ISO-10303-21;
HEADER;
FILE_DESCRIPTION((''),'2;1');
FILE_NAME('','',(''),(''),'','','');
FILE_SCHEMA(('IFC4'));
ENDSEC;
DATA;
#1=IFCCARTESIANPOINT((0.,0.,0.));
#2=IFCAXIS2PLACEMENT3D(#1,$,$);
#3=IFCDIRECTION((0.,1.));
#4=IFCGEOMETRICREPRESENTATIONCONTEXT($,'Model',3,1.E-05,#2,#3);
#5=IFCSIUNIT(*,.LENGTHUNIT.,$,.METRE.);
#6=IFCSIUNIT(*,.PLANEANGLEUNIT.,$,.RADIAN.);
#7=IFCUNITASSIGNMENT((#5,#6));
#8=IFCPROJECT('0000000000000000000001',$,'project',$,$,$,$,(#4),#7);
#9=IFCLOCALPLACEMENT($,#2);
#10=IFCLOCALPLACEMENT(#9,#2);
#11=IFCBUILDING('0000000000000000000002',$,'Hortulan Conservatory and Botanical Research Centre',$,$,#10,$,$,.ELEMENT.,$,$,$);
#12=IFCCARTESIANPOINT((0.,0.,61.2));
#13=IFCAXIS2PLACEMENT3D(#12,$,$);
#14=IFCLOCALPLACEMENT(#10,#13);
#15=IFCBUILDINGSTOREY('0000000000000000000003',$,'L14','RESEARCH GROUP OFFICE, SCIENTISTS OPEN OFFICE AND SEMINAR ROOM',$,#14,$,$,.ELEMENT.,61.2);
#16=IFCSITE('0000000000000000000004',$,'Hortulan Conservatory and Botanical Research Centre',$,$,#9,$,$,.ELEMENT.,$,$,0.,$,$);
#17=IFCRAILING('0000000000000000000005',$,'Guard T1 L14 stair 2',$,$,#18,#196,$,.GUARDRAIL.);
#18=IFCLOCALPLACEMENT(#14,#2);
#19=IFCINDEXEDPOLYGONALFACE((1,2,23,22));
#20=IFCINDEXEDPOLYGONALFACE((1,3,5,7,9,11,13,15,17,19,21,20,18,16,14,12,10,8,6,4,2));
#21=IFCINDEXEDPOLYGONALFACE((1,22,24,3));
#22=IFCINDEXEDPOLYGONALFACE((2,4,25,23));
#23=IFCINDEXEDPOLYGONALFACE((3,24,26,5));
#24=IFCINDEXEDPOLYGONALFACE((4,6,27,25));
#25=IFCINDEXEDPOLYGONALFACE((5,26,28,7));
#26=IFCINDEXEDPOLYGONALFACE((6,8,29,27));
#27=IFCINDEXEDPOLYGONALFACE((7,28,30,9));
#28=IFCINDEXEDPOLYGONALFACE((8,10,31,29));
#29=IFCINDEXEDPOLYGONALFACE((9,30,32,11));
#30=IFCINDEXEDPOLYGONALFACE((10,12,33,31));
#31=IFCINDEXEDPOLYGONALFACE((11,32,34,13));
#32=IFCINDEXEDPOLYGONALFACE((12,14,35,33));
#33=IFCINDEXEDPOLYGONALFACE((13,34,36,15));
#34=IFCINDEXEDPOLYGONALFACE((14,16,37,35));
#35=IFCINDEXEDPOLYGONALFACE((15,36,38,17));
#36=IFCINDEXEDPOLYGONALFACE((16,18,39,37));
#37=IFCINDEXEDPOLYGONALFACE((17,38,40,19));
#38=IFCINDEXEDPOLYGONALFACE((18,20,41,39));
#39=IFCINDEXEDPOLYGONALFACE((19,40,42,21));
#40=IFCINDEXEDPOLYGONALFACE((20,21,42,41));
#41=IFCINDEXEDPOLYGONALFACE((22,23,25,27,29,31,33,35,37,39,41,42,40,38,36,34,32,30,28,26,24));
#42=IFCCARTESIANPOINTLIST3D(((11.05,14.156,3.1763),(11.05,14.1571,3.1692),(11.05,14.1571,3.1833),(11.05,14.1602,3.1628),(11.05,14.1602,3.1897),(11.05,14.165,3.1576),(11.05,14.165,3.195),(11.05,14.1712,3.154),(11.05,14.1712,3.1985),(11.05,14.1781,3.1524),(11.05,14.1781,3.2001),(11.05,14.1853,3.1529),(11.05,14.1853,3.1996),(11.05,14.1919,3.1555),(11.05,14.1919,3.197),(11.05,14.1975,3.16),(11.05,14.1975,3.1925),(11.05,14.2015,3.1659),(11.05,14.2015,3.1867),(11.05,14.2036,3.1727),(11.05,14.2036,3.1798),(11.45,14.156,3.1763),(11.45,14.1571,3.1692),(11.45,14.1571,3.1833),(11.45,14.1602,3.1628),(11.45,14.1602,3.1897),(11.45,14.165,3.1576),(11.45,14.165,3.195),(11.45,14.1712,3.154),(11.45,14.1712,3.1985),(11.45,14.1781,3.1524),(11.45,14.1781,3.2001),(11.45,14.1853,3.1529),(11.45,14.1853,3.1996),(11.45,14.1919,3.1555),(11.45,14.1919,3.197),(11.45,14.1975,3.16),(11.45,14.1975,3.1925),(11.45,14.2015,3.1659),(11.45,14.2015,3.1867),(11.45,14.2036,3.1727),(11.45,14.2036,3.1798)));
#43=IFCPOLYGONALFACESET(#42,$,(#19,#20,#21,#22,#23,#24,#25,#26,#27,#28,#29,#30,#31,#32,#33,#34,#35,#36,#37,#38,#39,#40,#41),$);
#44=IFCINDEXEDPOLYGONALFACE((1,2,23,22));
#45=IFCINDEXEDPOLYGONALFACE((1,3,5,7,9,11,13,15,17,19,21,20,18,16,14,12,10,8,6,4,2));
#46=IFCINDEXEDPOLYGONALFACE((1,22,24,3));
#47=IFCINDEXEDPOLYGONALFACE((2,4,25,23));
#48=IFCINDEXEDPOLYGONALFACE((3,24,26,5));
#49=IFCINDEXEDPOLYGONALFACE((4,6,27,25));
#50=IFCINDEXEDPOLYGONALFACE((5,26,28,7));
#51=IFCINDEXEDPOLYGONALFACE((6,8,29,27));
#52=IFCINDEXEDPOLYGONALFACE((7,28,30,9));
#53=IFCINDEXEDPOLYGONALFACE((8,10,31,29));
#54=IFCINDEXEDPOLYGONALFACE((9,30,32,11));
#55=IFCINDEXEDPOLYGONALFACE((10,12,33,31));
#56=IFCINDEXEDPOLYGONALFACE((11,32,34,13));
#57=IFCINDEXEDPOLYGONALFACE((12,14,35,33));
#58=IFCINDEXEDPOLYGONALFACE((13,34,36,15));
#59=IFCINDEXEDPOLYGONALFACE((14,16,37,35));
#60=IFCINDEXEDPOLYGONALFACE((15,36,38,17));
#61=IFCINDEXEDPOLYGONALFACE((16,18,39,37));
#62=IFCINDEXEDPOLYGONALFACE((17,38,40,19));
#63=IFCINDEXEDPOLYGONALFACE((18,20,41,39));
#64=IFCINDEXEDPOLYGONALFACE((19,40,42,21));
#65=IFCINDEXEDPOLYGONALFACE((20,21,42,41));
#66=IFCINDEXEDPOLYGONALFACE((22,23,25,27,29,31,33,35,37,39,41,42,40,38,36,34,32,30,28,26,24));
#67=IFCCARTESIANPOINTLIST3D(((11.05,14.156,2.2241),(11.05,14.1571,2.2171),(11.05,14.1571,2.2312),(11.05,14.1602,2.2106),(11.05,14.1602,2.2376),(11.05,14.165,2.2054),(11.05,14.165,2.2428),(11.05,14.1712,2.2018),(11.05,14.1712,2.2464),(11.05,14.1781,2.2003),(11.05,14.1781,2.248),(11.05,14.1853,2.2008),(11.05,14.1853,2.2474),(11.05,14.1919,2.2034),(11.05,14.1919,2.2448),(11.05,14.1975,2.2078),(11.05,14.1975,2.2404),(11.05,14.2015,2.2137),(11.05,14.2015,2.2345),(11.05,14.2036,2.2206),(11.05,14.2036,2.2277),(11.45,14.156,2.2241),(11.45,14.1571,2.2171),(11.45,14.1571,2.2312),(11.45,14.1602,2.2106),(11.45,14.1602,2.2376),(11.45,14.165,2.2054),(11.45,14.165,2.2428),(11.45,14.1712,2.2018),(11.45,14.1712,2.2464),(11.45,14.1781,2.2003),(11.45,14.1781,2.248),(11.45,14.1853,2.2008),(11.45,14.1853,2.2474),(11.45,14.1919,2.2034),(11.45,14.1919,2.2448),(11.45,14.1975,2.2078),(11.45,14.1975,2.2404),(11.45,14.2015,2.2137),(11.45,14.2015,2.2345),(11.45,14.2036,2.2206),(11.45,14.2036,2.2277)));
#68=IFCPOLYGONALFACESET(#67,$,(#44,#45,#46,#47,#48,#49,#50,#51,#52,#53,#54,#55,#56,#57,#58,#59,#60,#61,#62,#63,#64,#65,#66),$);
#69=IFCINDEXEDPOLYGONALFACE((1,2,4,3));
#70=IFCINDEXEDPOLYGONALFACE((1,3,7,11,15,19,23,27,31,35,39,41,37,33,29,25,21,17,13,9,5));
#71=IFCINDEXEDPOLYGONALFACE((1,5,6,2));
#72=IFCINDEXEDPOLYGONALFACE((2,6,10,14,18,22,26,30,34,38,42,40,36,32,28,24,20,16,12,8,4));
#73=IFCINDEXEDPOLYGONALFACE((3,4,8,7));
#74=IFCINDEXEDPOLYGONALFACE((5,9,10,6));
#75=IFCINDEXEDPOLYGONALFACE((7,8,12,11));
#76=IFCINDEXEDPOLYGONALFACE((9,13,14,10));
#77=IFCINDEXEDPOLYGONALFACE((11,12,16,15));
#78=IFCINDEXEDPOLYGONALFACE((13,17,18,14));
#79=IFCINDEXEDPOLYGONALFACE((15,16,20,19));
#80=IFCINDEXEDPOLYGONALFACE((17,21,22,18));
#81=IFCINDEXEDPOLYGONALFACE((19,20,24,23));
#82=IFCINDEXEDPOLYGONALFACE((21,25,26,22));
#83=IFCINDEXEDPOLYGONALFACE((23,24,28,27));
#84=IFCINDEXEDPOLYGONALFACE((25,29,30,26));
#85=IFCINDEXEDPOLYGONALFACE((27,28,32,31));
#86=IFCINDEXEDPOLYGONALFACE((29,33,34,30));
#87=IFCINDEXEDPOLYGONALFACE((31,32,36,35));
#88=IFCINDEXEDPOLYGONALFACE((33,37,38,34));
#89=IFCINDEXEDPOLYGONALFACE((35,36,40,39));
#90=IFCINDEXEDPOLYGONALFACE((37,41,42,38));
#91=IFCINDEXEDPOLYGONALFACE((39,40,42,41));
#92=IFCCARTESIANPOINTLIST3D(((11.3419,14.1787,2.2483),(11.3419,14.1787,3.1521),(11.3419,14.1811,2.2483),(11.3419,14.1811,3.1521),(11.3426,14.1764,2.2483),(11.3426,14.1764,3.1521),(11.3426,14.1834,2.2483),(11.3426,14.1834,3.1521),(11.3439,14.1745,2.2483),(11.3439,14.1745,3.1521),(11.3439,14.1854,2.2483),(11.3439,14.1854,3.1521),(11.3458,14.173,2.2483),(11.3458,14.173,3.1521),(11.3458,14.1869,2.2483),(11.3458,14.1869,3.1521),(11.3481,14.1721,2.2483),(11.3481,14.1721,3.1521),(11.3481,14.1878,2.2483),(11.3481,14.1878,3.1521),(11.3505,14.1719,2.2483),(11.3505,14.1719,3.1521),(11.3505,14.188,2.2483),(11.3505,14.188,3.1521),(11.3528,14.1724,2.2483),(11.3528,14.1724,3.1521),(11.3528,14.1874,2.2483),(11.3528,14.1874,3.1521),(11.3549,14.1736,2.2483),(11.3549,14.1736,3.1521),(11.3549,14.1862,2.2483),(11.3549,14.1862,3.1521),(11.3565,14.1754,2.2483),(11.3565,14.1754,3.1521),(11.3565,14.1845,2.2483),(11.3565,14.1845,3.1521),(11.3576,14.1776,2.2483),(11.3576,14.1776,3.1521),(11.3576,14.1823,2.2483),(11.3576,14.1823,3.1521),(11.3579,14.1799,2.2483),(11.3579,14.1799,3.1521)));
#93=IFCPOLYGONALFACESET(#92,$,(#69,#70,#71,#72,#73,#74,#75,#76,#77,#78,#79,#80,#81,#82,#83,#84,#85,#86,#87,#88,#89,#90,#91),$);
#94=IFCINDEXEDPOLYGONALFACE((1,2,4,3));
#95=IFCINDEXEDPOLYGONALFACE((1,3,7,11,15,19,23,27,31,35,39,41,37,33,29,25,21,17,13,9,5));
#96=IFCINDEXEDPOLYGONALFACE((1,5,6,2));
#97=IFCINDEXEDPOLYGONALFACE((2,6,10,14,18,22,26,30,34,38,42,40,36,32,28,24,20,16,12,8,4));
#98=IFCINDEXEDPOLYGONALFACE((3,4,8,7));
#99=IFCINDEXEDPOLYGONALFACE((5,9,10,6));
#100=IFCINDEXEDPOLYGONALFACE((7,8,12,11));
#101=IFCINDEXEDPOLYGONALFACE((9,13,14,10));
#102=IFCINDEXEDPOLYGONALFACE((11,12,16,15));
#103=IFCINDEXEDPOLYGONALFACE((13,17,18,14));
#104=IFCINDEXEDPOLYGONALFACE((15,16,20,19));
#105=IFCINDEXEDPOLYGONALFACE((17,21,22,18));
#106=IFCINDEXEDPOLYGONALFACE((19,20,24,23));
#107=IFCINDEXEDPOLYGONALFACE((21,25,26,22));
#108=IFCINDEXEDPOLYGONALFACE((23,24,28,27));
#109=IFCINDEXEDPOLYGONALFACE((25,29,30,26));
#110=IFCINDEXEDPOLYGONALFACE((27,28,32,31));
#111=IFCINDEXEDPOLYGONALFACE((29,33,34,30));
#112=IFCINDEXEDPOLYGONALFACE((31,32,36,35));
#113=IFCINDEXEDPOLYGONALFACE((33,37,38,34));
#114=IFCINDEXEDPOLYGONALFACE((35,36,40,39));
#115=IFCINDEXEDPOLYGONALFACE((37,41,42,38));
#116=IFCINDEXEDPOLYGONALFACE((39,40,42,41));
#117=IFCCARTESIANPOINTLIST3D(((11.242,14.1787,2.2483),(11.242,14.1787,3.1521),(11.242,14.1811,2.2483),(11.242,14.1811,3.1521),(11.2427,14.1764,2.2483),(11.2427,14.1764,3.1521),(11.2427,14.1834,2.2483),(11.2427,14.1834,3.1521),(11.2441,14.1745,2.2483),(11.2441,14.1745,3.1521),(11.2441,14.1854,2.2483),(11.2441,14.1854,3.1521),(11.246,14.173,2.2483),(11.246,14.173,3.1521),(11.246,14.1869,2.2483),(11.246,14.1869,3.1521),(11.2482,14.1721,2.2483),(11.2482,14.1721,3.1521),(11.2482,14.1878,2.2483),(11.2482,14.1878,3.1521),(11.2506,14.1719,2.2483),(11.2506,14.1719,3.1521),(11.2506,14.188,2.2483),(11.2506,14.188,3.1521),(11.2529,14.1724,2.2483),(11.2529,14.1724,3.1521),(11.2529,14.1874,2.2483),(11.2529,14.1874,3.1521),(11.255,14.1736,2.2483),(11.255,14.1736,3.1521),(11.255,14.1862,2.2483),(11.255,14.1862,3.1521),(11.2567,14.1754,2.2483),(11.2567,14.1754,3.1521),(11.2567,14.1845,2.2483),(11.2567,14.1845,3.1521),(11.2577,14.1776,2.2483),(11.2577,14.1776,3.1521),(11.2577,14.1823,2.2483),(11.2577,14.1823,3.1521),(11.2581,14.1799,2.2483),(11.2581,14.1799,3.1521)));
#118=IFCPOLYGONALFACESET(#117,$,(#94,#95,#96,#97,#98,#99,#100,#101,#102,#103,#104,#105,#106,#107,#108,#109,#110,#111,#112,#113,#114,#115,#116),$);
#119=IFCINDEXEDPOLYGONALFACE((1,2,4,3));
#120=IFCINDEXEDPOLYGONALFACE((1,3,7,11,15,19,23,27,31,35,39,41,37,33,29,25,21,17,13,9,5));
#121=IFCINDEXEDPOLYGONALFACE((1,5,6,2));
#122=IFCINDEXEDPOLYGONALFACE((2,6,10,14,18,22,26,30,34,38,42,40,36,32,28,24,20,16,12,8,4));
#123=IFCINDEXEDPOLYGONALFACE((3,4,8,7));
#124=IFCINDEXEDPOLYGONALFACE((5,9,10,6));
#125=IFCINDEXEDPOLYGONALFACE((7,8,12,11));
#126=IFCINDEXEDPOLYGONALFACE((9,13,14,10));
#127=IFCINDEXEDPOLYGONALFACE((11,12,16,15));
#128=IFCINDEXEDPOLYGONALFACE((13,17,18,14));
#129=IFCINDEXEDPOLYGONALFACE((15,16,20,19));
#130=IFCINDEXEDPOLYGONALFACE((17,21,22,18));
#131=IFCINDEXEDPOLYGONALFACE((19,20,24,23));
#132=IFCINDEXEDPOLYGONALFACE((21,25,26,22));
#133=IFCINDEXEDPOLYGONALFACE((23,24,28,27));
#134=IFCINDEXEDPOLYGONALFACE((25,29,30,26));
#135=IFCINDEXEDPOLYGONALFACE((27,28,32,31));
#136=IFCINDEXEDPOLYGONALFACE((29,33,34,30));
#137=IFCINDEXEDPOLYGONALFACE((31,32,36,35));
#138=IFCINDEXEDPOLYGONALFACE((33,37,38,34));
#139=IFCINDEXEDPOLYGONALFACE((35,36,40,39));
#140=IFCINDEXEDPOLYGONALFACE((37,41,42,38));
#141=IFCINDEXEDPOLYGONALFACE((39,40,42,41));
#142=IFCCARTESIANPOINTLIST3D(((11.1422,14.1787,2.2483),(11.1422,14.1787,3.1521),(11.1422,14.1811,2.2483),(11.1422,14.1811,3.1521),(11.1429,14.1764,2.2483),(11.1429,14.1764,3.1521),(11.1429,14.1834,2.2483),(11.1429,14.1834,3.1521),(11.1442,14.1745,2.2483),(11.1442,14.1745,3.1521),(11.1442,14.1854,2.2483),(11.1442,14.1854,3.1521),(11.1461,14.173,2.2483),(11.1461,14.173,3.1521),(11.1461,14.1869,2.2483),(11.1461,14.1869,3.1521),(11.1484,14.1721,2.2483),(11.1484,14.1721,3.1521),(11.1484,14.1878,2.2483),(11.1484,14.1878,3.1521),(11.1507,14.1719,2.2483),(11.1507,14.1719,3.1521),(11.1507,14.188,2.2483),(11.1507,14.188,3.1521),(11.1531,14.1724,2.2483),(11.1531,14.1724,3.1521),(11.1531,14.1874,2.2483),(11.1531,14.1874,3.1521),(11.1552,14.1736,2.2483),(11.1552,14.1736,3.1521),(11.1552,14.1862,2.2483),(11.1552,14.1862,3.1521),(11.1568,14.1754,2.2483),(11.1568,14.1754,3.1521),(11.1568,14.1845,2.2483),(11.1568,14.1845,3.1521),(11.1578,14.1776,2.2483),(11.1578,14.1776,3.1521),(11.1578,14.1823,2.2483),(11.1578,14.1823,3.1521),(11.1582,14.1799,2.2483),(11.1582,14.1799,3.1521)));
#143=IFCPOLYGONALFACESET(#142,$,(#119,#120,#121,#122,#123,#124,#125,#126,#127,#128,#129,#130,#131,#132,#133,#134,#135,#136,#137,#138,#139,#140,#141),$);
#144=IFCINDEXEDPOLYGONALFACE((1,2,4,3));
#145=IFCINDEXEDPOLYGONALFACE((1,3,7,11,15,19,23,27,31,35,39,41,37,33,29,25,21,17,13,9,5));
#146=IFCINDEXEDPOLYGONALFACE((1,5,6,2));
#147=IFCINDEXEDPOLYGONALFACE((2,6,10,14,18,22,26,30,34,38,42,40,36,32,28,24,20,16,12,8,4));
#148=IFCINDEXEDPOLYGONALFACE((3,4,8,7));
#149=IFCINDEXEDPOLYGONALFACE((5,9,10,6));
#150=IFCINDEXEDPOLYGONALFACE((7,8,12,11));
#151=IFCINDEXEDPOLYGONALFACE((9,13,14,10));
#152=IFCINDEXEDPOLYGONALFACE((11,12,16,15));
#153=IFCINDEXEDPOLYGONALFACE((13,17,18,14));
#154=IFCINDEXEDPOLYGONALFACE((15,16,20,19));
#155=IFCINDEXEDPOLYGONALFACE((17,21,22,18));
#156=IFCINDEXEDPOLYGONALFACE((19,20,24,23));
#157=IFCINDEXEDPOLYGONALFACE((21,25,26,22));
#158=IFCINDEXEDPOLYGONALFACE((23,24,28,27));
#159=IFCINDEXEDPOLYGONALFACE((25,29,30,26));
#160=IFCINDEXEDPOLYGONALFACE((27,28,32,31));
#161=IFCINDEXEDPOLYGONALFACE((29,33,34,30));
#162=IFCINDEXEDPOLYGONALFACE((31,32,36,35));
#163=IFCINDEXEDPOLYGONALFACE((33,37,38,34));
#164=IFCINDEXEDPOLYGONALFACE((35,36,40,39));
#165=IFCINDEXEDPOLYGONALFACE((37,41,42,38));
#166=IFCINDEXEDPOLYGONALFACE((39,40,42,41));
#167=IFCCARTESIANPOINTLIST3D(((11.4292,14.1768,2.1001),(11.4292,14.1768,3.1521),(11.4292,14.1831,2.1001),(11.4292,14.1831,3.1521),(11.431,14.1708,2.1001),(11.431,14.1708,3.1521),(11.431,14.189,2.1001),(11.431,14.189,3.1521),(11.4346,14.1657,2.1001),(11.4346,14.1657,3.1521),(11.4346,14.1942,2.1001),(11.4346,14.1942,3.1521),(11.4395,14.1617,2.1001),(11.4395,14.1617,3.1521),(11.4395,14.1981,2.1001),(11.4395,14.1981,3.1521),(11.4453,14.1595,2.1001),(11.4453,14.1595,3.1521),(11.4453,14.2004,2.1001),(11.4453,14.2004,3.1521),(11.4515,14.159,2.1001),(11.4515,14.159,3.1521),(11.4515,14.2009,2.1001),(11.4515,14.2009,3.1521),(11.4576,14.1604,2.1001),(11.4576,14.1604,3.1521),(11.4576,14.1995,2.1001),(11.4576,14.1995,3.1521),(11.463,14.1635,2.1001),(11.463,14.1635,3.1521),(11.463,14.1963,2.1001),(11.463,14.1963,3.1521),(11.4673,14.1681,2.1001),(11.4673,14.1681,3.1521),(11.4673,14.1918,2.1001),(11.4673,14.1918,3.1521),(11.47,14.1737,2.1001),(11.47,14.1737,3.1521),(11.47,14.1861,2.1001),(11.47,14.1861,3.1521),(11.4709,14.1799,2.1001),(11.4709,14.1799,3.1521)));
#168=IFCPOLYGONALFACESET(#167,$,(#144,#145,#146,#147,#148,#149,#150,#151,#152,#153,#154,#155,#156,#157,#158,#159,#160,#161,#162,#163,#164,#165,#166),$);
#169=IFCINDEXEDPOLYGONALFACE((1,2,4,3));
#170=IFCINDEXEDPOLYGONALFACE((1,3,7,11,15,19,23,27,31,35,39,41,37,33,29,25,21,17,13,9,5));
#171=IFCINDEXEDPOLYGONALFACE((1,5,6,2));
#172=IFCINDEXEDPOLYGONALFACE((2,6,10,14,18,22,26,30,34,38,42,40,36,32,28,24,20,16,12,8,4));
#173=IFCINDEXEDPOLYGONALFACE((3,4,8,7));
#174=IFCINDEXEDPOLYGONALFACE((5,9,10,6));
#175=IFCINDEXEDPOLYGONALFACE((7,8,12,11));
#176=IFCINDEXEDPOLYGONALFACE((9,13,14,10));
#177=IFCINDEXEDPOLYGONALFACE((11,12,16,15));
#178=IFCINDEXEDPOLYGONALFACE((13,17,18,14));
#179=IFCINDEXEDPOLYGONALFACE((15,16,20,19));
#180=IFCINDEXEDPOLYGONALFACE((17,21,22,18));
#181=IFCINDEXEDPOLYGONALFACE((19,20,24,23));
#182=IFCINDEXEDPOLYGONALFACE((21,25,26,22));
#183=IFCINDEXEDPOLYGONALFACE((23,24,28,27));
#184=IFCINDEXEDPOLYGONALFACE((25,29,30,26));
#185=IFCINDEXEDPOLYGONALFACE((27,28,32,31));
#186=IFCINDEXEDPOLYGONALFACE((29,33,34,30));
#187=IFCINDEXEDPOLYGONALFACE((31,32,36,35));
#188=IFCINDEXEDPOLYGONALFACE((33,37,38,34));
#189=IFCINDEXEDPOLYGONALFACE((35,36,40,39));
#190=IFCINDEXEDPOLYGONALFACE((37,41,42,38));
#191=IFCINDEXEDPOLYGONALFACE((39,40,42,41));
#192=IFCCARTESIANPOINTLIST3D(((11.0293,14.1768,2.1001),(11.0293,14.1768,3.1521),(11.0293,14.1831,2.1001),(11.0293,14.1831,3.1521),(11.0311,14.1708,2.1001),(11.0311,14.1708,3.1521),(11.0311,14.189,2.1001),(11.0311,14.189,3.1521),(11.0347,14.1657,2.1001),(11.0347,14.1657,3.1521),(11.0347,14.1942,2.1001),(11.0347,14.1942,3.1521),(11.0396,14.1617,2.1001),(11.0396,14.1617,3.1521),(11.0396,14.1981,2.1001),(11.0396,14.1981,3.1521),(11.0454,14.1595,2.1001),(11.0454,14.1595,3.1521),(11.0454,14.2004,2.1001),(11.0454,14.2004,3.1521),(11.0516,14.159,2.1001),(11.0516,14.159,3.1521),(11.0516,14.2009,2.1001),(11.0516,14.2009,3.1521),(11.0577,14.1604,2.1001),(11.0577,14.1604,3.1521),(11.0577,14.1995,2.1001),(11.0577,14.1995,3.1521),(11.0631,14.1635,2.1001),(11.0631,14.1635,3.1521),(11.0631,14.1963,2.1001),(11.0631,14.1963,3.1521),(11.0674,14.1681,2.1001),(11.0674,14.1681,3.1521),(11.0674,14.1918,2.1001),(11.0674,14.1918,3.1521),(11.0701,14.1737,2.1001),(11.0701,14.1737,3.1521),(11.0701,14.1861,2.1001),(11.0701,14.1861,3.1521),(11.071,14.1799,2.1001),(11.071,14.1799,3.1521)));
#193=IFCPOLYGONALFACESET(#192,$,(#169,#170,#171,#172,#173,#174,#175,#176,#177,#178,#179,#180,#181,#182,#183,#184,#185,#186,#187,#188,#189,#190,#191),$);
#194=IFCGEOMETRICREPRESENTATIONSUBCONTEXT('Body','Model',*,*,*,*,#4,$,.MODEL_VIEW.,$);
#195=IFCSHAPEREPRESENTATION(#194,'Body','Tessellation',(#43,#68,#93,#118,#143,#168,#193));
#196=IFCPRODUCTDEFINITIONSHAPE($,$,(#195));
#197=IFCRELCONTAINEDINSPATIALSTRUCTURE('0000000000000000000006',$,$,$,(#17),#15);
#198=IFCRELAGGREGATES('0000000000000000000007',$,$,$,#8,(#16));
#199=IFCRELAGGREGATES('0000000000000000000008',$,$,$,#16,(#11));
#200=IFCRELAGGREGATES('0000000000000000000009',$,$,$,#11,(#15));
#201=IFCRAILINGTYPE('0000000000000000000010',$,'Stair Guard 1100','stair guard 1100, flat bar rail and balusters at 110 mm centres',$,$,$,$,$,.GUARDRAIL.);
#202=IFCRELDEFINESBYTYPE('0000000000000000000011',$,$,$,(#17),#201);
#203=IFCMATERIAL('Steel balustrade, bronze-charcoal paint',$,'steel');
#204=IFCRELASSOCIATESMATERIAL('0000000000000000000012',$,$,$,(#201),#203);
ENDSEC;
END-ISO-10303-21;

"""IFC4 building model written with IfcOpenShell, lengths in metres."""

from ifc_helpers import new_model, si_unit, direction, frame, origin, origin_2d, place, context, subcontext, project, spatial, circle, extrude, material, type_object, element, save


model = new_model("IFC4")

# Units and contexts
model_context = context("Model", 3, precision=1e-05, world=origin(), true_north=direction((0.0, 1.0)))
body_context = subcontext(model_context, "Body", "Model", "MODEL_VIEW")
ifc_project = project(units=[si_unit("LENGTHUNIT", "METRE"), si_unit("PLANEANGLEUNIT", "RADIAN")], contexts=[model_context])

# Site, building, storey
site_placement = place(None, origin())
site = spatial("IfcSite", under=ifc_project, at=site_placement, Name="Hortulan Conservatory and Botanical Research Centre", CompositionType="ELEMENT", RefElevation=0.0)
building_placement = place(site_placement, origin())
building = spatial("IfcBuilding", under=site, at=building_placement, Name="Hortulan Conservatory and Botanical Research Centre", CompositionType="ELEMENT")
storey_placement = place(building_placement, frame((0.0, 0.0, 61.2)))
storey = spatial("IfcBuildingStorey", under=building, at=storey_placement, Name="L14", Description="RESEARCH GROUP OFFICE, SCIENTISTS OPEN OFFICE AND SEMINAR ROOM", CompositionType="ELEMENT", Elevation=61.2)

# Railing
ifc_material_1 = material(Name="Steel balustrade, bronze-charcoal paint", Category="steel")
railing_type_1 = type_object("IfcRailingType", Name="Stair Guard 1100", Description="stair guard 1100, flat bar rail and balusters at 110 mm centres", PredefinedType="GUARDRAIL", material=ifc_material_1)
railing_1_placement = place(storey_placement, frame((11.45, 14.1799, 2.1001)))
element("IfcRailing", 1, at=railing_1_placement, inside=storey, type_object=railing_type_1, Name="Guard T1 L14 stair 2", PredefinedType="GUARDRAIL", context=body_context, shape_type="SweptSolid", body=[
    extrude(circle(Radius=0.0239, at=origin_2d()), frame((0.0, 0.0, 1.0762), z_axis=(-1.0, 0.0, 0.0), x_axis=(0.0, -1.0, 0.0)), (0.0, 0.0, 1.0), 0.3999),
    extrude(circle(Radius=0.0239, at=origin_2d()), frame((0.0, 0.0, 0.124), z_axis=(-1.0, 0.0, 0.0), x_axis=(0.0, -1.0, 0.0)), (0.0, 0.0, 1.0), 0.3999),
    extrude(circle(Radius=0.0081, at=origin_2d()), frame((-0.1001, 0.0, 0.1482)), (0.0, 0.0, 1.0), 0.9038),
    extrude(circle(Radius=0.0081, at=origin_2d()), frame((-0.2, 0.0, 0.1482)), (0.0, 0.0, 1.0), 0.9038),
    extrude(circle(Radius=0.0081, at=origin_2d()), frame((-0.2998, 0.0, 0.1482)), (0.0, 0.0, 1.0), 0.9038),
    extrude(circle(Radius=0.021, at=origin_2d()), origin(), (0.0, 0.0, 1.0), 1.052),
    extrude(circle(Radius=0.021, at=origin_2d()), frame((-0.3999, 0.0, 0.0)), (0.0, 0.0, 1.0), 1.052),
])

save(model, "model.ifc")
